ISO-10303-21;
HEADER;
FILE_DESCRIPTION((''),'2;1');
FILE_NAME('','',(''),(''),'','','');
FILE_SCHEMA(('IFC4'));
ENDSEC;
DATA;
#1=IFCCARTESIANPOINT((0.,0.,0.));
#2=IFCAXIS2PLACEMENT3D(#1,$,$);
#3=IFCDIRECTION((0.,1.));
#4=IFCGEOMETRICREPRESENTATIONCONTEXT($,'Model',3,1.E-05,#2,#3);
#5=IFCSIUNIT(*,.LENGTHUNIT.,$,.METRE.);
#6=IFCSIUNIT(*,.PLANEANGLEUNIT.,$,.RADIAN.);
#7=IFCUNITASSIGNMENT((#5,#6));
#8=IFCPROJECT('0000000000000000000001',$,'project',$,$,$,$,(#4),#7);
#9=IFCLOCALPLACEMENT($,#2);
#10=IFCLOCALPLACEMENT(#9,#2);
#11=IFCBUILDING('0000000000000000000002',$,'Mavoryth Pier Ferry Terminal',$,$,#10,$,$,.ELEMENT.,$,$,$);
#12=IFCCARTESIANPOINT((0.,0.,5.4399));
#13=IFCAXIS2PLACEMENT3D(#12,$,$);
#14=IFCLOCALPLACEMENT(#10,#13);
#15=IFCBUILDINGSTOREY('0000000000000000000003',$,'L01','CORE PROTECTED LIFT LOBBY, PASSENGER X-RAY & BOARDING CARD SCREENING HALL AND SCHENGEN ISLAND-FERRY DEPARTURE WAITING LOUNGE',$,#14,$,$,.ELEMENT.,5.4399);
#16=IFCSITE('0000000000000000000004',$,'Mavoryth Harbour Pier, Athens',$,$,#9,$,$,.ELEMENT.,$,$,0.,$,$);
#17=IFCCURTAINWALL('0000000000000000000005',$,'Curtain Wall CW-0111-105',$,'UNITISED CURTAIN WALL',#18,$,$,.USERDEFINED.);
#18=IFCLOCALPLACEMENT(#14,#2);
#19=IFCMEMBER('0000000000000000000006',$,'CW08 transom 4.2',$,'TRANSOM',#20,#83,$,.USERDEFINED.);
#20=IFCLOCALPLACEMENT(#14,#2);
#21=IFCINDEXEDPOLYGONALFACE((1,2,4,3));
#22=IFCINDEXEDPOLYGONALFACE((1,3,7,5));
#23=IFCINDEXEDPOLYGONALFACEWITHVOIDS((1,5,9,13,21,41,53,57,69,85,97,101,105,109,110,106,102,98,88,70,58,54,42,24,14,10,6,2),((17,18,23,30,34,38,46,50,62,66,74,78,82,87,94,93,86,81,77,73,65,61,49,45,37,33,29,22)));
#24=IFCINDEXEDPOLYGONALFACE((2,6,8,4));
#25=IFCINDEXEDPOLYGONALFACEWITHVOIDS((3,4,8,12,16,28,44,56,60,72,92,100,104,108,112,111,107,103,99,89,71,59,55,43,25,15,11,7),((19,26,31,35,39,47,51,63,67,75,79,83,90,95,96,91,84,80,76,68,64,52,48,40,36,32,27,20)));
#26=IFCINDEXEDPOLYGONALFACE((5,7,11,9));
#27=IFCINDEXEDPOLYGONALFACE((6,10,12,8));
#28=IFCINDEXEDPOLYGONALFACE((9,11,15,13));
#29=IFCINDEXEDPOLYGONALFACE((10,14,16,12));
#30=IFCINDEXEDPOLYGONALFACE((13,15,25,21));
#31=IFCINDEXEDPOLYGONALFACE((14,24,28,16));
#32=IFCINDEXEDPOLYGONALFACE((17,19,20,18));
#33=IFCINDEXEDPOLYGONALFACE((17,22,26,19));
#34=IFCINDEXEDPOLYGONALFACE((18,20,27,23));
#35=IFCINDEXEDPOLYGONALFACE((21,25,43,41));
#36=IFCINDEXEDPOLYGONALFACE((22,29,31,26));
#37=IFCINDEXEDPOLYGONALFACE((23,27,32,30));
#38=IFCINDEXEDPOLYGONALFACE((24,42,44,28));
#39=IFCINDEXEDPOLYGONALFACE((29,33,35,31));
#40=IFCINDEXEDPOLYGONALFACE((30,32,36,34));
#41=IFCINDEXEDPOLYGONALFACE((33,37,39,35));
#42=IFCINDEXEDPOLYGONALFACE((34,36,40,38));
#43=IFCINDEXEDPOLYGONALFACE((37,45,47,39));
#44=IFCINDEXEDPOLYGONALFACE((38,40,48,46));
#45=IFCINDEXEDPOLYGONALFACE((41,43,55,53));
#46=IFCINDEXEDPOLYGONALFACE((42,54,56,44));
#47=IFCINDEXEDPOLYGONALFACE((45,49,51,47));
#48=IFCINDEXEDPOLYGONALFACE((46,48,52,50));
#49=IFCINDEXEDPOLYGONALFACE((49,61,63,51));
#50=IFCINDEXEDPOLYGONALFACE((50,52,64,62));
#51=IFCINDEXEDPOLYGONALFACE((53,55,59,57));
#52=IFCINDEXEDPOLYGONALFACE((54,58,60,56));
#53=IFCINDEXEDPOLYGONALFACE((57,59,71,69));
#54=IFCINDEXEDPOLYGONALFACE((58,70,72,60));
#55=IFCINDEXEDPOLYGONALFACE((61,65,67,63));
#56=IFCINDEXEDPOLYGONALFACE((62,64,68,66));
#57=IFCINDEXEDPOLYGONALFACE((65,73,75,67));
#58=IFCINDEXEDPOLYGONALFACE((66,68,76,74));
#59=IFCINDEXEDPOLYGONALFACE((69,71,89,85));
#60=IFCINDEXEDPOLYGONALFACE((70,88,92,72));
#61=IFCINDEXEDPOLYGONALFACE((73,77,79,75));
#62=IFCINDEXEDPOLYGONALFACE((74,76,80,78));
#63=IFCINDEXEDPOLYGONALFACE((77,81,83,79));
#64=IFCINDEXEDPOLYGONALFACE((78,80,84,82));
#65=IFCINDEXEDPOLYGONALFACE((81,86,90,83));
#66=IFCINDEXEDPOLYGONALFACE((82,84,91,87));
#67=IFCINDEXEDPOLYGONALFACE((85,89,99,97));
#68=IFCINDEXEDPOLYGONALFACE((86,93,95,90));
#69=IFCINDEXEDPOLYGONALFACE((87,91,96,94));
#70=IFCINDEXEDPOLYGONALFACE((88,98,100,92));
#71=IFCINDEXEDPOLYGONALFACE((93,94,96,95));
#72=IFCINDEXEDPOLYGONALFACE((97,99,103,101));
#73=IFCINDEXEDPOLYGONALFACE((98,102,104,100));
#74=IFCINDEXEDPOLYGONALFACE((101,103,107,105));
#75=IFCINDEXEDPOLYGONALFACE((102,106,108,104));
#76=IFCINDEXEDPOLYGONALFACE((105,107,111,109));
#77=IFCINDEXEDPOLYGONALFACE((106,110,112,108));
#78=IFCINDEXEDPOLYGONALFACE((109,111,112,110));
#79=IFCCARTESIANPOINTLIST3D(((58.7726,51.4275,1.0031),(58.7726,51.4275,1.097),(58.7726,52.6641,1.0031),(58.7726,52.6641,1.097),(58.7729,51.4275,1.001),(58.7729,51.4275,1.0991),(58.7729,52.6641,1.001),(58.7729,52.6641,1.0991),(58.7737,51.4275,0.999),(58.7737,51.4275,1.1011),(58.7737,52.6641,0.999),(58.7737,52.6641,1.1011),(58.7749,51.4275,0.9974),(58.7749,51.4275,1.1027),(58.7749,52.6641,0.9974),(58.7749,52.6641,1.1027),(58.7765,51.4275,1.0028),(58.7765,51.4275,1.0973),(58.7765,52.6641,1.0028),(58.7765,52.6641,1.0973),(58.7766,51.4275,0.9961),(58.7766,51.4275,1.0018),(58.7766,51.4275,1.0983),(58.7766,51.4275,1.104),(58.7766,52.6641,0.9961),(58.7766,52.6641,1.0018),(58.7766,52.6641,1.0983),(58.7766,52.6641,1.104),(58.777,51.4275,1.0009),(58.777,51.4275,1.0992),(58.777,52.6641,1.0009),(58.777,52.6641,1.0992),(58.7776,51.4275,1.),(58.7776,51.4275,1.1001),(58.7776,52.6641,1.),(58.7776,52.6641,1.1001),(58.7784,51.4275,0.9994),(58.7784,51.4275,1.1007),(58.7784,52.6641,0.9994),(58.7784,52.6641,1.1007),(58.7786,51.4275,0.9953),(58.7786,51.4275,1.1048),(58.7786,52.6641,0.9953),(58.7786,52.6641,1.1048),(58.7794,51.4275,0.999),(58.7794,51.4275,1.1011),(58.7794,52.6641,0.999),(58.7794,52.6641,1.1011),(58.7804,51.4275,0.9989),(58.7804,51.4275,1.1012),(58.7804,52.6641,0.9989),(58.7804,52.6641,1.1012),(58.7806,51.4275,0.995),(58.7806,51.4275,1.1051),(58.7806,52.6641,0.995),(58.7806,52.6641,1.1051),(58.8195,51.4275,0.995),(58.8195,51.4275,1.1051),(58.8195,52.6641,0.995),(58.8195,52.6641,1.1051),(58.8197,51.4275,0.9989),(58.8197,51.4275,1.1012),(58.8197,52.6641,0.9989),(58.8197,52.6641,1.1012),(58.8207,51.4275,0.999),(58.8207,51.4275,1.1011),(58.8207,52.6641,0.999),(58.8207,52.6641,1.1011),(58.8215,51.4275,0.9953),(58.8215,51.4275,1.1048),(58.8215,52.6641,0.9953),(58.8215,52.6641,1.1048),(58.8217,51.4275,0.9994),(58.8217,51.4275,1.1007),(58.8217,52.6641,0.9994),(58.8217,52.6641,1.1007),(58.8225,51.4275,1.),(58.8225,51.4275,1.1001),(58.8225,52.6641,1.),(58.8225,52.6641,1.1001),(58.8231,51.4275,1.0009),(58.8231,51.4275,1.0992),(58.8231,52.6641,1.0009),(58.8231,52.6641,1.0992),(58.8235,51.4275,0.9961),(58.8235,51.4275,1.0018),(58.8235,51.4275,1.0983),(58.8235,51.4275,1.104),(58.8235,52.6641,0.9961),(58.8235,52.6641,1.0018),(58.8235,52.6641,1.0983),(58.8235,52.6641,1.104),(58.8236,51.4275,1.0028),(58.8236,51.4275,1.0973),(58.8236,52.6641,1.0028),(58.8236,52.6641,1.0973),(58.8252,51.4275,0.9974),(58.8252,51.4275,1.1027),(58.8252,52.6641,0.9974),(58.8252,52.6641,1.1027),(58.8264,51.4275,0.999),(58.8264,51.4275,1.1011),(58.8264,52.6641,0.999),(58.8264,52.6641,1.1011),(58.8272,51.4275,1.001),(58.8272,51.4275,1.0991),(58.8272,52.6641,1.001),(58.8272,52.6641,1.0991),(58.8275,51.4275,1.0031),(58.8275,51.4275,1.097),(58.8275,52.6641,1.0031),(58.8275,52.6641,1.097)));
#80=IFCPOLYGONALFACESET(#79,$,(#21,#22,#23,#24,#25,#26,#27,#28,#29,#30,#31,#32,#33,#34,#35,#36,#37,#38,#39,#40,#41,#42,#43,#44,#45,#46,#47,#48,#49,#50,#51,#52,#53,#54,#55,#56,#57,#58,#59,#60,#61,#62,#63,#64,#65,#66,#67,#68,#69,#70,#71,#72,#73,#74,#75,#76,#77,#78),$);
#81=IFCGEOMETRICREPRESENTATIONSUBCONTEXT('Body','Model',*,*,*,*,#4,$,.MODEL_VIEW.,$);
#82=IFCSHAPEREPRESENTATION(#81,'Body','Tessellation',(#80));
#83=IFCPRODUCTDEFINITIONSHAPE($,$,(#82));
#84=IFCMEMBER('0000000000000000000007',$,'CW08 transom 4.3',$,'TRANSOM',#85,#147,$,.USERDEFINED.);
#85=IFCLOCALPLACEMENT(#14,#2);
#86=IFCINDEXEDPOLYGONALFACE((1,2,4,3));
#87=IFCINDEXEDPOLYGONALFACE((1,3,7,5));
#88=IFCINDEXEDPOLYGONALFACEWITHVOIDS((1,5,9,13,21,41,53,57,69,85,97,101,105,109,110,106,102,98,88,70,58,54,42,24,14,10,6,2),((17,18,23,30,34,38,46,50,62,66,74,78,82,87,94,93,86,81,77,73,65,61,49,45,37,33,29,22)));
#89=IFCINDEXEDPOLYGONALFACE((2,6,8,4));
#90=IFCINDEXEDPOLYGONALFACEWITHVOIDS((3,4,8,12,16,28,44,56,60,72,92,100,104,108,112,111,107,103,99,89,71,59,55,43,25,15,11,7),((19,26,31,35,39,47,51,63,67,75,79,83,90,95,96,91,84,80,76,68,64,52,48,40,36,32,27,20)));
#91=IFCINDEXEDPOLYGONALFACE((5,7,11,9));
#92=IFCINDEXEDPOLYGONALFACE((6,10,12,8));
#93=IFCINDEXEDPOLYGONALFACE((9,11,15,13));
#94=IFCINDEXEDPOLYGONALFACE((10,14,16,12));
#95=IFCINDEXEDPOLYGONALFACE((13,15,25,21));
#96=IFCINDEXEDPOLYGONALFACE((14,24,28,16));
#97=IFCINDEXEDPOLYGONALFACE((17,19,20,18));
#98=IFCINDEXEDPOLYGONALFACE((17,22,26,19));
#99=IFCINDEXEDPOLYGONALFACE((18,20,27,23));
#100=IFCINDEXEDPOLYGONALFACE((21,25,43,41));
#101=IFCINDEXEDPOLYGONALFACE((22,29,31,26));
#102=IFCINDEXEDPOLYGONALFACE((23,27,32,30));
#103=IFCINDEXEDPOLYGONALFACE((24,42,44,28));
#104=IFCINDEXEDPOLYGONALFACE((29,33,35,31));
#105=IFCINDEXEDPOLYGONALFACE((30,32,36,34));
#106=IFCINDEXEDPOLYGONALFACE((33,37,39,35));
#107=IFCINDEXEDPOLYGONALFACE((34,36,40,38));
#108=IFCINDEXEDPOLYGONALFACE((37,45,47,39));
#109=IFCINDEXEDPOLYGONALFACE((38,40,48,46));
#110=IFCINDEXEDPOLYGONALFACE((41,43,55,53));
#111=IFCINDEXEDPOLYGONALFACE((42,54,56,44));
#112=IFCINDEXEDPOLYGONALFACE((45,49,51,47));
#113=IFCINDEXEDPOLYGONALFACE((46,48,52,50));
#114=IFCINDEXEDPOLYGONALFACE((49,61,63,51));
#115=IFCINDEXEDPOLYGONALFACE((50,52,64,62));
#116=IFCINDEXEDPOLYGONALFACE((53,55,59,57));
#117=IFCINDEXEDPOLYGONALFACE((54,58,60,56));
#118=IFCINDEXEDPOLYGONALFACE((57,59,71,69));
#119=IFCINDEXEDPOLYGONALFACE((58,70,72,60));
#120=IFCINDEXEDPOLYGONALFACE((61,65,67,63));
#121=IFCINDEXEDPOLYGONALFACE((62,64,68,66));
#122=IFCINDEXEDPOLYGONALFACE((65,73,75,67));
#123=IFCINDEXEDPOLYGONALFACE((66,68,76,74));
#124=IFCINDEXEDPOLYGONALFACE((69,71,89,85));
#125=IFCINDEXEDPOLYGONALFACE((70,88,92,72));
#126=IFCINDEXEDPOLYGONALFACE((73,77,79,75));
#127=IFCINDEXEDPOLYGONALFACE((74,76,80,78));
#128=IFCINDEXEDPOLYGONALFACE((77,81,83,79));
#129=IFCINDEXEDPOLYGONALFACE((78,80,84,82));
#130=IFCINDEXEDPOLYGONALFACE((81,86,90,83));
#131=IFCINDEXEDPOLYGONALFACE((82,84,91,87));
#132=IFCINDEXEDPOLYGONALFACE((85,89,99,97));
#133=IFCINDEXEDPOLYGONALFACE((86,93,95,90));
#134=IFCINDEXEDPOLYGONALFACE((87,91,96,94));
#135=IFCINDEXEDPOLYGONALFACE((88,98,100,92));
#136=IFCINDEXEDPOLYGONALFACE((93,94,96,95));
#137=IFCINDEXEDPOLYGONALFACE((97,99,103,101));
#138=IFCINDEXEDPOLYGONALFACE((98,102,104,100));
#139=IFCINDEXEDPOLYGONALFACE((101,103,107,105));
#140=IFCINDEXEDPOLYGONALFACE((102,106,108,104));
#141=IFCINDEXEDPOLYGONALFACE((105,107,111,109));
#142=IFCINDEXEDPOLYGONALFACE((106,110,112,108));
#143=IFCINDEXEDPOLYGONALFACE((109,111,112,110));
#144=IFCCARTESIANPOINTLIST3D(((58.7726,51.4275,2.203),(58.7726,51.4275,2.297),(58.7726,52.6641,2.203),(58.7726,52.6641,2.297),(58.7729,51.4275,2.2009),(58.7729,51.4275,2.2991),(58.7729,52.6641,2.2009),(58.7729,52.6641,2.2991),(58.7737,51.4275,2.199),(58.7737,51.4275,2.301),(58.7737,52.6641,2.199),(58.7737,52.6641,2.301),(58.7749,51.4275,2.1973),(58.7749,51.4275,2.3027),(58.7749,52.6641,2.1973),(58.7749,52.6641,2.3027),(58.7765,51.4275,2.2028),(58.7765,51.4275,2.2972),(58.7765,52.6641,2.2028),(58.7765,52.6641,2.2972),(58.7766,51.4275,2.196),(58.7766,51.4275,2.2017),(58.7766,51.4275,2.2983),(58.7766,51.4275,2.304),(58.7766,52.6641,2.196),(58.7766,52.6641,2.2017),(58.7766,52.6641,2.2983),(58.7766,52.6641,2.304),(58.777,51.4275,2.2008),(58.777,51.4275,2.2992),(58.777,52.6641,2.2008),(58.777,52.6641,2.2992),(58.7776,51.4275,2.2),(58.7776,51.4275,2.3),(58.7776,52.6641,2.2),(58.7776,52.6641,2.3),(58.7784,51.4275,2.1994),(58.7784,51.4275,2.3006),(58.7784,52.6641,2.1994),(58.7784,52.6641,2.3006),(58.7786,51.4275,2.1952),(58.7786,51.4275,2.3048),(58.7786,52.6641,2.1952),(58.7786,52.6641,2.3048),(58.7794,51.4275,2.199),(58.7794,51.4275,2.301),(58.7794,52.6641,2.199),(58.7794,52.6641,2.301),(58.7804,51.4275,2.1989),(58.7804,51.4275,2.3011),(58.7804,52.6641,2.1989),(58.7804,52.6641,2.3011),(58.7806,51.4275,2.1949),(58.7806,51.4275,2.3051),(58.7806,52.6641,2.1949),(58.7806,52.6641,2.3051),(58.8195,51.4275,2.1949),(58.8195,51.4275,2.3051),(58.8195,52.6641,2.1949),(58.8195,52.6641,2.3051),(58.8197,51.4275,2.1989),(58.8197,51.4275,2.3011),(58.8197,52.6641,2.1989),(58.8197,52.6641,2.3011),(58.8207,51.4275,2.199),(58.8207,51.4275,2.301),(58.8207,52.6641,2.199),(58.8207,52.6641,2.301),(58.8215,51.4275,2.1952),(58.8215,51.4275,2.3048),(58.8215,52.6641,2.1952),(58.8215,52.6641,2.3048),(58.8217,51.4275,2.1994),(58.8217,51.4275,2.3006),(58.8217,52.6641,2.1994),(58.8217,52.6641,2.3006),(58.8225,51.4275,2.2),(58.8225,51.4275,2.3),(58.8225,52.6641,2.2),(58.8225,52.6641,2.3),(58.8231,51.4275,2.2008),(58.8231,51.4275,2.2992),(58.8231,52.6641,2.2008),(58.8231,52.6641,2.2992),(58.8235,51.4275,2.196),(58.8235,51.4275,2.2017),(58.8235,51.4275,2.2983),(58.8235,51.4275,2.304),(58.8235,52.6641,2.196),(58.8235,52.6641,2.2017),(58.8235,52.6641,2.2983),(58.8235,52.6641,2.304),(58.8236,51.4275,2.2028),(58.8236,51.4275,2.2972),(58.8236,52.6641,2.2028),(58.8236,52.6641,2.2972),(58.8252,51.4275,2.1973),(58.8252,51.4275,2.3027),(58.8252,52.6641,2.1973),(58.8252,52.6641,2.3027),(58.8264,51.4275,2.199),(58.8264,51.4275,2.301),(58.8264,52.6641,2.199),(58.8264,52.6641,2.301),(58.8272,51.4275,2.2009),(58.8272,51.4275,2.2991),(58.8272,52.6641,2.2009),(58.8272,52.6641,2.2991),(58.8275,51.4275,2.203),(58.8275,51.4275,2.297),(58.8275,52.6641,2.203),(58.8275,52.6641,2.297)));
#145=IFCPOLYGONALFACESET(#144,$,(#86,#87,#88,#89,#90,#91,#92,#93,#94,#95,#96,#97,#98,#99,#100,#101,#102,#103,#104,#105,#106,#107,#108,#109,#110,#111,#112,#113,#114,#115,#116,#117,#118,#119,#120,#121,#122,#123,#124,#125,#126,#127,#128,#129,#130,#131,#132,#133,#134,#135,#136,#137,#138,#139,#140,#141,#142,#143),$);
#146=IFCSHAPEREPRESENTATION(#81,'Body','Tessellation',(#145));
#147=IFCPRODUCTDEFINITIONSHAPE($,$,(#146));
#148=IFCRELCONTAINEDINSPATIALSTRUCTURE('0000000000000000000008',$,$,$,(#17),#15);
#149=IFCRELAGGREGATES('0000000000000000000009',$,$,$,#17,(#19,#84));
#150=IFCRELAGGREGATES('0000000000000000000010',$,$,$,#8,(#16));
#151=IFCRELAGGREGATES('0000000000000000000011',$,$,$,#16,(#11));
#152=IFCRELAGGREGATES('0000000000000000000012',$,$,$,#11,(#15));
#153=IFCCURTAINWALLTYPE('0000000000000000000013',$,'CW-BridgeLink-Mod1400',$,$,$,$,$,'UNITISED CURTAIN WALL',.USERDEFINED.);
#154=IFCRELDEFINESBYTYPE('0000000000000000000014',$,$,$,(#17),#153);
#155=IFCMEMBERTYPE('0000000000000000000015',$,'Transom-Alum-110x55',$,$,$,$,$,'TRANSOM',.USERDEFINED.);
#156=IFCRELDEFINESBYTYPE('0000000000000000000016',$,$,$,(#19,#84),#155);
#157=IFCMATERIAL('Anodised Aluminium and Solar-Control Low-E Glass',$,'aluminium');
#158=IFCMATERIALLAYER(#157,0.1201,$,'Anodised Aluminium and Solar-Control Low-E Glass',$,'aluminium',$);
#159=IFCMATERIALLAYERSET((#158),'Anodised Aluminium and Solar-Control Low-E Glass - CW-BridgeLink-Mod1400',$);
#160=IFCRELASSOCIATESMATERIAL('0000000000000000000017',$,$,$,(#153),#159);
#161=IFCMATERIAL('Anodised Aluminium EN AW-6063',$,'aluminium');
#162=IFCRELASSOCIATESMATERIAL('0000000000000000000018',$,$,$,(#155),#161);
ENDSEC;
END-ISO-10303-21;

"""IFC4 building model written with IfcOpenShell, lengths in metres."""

from ifc_helpers import new_model, si_unit, direction, frame, origin, origin_2d, place, context, subcontext, project, spatial, hollow_rectangle, extrude, material, layer, layer_set, material_profile, profile_set, type_object, element, aggregate, save


model = new_model("IFC4")

# Units and contexts
model_context = context("Model", 3, precision=1e-05, world=origin(), true_north=direction((0.0, 1.0)))
body_context = subcontext(model_context, "Body", "Model", "MODEL_VIEW")
ifc_project = project(units=[si_unit("LENGTHUNIT", "METRE"), si_unit("PLANEANGLEUNIT", "RADIAN")], contexts=[model_context])

# Site, building, storey
site_placement = place(None, origin())
site = spatial("IfcSite", under=ifc_project, at=site_placement, Name="Mavoryth Harbour Pier, Athens", CompositionType="ELEMENT", RefElevation=0.0)
building_placement = place(site_placement, origin())
building = spatial("IfcBuilding", under=site, at=building_placement, Name="Mavoryth Pier Ferry Terminal", CompositionType="ELEMENT")
storey_placement = place(building_placement, frame((0.0, 0.0, 5.4399)))
storey = spatial("IfcBuildingStorey", under=building, at=storey_placement, Name="L01", Description="CORE PROTECTED LIFT LOBBY, PASSENGER X-RAY & BOARDING CARD SCREENING HALL AND SCHENGEN ISLAND-FERRY DEPARTURE WAITING LOUNGE", CompositionType="ELEMENT", Elevation=5.4399)

# Curtain wall, members
ifc_material_1 = material(Name="Anodised Aluminium and Solar-Control Low-E Glass", Category="aluminium")
ifc_layer_1 = layer(ifc_material_1, 0.1201, Name="Anodised Aluminium and Solar-Control Low-E Glass", Category="aluminium")
ifc_layer_set_1 = layer_set([ifc_layer_1], Name="Anodised Aluminium and Solar-Control Low-E Glass - CW-BridgeLink-Mod1400")
curtain_wall_type = type_object("IfcCurtainWallType", Name="CW-BridgeLink-Mod1400", ElementType="UNITISED CURTAIN WALL", PredefinedType="USERDEFINED", material=ifc_layer_set_1)
curtain_wall_placement = place(storey_placement, origin())
curtain_wall = element("IfcCurtainWall", 1, at=curtain_wall_placement, inside=storey, type_object=curtain_wall_type, Name="Curtain Wall CW-0111-105", ObjectType="UNITISED CURTAIN WALL", PredefinedType="USERDEFINED")
ifc_material_2 = material(Name="Anodised Aluminium EN AW-6063", Category="aluminium")
ifc_material_profile_1 = material_profile(ifc_material_2, hollow_rectangle(XDim=0.0549, YDim=0.1101, WallThickness=0.0039, InnerFilletRadius=0.0039, OuterFilletRadius=0.0081, at=origin_2d()), Name="AL-TRAN 110x55x4", Category="aluminium")
ifc_profile_set_1 = profile_set([ifc_material_profile_1], Name="Anodised Aluminium EN AW-6063 - AL-TRAN 110x55x4")
member_type_1 = type_object("IfcMemberType", Name="Transom-Alum-110x55", ElementType="TRANSOM", PredefinedType="USERDEFINED", material=ifc_profile_set_1)
member_1_placement = place(storey_placement, frame((58.8, 51.4275, 1.05), z_axis=(0.0, 1.0, 0.0), x_axis=(-1.0, 0.0, 0.0)))
member_1 = element("IfcMember", 2, at=member_1_placement, type_object=member_type_1, Name="CW08 transom 4.2", ObjectType="TRANSOM", PredefinedType="USERDEFINED", context=body_context, shape_type="SweptSolid", body=[
    extrude(hollow_rectangle(XDim=0.0549, YDim=0.1101, WallThickness=0.0039, InnerFilletRadius=0.0039, OuterFilletRadius=0.0081, at=origin_2d()), origin(), (0.0, 0.0, 1.0), 1.2366),
])
member_2_placement = place(storey_placement, frame((58.8, 51.4275, 2.25), z_axis=(0.0, 1.0, 0.0), x_axis=(-1.0, 0.0, 0.0)))
member_2 = element("IfcMember", 3, at=member_2_placement, type_object=member_type_1, Name="CW08 transom 4.3", ObjectType="TRANSOM", PredefinedType="USERDEFINED", context=body_context, shape_type="SweptSolid", body=[
    extrude(hollow_rectangle(XDim=0.0549, YDim=0.1101, WallThickness=0.0039, InnerFilletRadius=0.0039, OuterFilletRadius=0.0081, at=origin_2d()), origin(), (0.0, 0.0, 1.0), 1.2366),
])
aggregate(curtain_wall, [member_1, member_2])

save(model, "model.ifc")
